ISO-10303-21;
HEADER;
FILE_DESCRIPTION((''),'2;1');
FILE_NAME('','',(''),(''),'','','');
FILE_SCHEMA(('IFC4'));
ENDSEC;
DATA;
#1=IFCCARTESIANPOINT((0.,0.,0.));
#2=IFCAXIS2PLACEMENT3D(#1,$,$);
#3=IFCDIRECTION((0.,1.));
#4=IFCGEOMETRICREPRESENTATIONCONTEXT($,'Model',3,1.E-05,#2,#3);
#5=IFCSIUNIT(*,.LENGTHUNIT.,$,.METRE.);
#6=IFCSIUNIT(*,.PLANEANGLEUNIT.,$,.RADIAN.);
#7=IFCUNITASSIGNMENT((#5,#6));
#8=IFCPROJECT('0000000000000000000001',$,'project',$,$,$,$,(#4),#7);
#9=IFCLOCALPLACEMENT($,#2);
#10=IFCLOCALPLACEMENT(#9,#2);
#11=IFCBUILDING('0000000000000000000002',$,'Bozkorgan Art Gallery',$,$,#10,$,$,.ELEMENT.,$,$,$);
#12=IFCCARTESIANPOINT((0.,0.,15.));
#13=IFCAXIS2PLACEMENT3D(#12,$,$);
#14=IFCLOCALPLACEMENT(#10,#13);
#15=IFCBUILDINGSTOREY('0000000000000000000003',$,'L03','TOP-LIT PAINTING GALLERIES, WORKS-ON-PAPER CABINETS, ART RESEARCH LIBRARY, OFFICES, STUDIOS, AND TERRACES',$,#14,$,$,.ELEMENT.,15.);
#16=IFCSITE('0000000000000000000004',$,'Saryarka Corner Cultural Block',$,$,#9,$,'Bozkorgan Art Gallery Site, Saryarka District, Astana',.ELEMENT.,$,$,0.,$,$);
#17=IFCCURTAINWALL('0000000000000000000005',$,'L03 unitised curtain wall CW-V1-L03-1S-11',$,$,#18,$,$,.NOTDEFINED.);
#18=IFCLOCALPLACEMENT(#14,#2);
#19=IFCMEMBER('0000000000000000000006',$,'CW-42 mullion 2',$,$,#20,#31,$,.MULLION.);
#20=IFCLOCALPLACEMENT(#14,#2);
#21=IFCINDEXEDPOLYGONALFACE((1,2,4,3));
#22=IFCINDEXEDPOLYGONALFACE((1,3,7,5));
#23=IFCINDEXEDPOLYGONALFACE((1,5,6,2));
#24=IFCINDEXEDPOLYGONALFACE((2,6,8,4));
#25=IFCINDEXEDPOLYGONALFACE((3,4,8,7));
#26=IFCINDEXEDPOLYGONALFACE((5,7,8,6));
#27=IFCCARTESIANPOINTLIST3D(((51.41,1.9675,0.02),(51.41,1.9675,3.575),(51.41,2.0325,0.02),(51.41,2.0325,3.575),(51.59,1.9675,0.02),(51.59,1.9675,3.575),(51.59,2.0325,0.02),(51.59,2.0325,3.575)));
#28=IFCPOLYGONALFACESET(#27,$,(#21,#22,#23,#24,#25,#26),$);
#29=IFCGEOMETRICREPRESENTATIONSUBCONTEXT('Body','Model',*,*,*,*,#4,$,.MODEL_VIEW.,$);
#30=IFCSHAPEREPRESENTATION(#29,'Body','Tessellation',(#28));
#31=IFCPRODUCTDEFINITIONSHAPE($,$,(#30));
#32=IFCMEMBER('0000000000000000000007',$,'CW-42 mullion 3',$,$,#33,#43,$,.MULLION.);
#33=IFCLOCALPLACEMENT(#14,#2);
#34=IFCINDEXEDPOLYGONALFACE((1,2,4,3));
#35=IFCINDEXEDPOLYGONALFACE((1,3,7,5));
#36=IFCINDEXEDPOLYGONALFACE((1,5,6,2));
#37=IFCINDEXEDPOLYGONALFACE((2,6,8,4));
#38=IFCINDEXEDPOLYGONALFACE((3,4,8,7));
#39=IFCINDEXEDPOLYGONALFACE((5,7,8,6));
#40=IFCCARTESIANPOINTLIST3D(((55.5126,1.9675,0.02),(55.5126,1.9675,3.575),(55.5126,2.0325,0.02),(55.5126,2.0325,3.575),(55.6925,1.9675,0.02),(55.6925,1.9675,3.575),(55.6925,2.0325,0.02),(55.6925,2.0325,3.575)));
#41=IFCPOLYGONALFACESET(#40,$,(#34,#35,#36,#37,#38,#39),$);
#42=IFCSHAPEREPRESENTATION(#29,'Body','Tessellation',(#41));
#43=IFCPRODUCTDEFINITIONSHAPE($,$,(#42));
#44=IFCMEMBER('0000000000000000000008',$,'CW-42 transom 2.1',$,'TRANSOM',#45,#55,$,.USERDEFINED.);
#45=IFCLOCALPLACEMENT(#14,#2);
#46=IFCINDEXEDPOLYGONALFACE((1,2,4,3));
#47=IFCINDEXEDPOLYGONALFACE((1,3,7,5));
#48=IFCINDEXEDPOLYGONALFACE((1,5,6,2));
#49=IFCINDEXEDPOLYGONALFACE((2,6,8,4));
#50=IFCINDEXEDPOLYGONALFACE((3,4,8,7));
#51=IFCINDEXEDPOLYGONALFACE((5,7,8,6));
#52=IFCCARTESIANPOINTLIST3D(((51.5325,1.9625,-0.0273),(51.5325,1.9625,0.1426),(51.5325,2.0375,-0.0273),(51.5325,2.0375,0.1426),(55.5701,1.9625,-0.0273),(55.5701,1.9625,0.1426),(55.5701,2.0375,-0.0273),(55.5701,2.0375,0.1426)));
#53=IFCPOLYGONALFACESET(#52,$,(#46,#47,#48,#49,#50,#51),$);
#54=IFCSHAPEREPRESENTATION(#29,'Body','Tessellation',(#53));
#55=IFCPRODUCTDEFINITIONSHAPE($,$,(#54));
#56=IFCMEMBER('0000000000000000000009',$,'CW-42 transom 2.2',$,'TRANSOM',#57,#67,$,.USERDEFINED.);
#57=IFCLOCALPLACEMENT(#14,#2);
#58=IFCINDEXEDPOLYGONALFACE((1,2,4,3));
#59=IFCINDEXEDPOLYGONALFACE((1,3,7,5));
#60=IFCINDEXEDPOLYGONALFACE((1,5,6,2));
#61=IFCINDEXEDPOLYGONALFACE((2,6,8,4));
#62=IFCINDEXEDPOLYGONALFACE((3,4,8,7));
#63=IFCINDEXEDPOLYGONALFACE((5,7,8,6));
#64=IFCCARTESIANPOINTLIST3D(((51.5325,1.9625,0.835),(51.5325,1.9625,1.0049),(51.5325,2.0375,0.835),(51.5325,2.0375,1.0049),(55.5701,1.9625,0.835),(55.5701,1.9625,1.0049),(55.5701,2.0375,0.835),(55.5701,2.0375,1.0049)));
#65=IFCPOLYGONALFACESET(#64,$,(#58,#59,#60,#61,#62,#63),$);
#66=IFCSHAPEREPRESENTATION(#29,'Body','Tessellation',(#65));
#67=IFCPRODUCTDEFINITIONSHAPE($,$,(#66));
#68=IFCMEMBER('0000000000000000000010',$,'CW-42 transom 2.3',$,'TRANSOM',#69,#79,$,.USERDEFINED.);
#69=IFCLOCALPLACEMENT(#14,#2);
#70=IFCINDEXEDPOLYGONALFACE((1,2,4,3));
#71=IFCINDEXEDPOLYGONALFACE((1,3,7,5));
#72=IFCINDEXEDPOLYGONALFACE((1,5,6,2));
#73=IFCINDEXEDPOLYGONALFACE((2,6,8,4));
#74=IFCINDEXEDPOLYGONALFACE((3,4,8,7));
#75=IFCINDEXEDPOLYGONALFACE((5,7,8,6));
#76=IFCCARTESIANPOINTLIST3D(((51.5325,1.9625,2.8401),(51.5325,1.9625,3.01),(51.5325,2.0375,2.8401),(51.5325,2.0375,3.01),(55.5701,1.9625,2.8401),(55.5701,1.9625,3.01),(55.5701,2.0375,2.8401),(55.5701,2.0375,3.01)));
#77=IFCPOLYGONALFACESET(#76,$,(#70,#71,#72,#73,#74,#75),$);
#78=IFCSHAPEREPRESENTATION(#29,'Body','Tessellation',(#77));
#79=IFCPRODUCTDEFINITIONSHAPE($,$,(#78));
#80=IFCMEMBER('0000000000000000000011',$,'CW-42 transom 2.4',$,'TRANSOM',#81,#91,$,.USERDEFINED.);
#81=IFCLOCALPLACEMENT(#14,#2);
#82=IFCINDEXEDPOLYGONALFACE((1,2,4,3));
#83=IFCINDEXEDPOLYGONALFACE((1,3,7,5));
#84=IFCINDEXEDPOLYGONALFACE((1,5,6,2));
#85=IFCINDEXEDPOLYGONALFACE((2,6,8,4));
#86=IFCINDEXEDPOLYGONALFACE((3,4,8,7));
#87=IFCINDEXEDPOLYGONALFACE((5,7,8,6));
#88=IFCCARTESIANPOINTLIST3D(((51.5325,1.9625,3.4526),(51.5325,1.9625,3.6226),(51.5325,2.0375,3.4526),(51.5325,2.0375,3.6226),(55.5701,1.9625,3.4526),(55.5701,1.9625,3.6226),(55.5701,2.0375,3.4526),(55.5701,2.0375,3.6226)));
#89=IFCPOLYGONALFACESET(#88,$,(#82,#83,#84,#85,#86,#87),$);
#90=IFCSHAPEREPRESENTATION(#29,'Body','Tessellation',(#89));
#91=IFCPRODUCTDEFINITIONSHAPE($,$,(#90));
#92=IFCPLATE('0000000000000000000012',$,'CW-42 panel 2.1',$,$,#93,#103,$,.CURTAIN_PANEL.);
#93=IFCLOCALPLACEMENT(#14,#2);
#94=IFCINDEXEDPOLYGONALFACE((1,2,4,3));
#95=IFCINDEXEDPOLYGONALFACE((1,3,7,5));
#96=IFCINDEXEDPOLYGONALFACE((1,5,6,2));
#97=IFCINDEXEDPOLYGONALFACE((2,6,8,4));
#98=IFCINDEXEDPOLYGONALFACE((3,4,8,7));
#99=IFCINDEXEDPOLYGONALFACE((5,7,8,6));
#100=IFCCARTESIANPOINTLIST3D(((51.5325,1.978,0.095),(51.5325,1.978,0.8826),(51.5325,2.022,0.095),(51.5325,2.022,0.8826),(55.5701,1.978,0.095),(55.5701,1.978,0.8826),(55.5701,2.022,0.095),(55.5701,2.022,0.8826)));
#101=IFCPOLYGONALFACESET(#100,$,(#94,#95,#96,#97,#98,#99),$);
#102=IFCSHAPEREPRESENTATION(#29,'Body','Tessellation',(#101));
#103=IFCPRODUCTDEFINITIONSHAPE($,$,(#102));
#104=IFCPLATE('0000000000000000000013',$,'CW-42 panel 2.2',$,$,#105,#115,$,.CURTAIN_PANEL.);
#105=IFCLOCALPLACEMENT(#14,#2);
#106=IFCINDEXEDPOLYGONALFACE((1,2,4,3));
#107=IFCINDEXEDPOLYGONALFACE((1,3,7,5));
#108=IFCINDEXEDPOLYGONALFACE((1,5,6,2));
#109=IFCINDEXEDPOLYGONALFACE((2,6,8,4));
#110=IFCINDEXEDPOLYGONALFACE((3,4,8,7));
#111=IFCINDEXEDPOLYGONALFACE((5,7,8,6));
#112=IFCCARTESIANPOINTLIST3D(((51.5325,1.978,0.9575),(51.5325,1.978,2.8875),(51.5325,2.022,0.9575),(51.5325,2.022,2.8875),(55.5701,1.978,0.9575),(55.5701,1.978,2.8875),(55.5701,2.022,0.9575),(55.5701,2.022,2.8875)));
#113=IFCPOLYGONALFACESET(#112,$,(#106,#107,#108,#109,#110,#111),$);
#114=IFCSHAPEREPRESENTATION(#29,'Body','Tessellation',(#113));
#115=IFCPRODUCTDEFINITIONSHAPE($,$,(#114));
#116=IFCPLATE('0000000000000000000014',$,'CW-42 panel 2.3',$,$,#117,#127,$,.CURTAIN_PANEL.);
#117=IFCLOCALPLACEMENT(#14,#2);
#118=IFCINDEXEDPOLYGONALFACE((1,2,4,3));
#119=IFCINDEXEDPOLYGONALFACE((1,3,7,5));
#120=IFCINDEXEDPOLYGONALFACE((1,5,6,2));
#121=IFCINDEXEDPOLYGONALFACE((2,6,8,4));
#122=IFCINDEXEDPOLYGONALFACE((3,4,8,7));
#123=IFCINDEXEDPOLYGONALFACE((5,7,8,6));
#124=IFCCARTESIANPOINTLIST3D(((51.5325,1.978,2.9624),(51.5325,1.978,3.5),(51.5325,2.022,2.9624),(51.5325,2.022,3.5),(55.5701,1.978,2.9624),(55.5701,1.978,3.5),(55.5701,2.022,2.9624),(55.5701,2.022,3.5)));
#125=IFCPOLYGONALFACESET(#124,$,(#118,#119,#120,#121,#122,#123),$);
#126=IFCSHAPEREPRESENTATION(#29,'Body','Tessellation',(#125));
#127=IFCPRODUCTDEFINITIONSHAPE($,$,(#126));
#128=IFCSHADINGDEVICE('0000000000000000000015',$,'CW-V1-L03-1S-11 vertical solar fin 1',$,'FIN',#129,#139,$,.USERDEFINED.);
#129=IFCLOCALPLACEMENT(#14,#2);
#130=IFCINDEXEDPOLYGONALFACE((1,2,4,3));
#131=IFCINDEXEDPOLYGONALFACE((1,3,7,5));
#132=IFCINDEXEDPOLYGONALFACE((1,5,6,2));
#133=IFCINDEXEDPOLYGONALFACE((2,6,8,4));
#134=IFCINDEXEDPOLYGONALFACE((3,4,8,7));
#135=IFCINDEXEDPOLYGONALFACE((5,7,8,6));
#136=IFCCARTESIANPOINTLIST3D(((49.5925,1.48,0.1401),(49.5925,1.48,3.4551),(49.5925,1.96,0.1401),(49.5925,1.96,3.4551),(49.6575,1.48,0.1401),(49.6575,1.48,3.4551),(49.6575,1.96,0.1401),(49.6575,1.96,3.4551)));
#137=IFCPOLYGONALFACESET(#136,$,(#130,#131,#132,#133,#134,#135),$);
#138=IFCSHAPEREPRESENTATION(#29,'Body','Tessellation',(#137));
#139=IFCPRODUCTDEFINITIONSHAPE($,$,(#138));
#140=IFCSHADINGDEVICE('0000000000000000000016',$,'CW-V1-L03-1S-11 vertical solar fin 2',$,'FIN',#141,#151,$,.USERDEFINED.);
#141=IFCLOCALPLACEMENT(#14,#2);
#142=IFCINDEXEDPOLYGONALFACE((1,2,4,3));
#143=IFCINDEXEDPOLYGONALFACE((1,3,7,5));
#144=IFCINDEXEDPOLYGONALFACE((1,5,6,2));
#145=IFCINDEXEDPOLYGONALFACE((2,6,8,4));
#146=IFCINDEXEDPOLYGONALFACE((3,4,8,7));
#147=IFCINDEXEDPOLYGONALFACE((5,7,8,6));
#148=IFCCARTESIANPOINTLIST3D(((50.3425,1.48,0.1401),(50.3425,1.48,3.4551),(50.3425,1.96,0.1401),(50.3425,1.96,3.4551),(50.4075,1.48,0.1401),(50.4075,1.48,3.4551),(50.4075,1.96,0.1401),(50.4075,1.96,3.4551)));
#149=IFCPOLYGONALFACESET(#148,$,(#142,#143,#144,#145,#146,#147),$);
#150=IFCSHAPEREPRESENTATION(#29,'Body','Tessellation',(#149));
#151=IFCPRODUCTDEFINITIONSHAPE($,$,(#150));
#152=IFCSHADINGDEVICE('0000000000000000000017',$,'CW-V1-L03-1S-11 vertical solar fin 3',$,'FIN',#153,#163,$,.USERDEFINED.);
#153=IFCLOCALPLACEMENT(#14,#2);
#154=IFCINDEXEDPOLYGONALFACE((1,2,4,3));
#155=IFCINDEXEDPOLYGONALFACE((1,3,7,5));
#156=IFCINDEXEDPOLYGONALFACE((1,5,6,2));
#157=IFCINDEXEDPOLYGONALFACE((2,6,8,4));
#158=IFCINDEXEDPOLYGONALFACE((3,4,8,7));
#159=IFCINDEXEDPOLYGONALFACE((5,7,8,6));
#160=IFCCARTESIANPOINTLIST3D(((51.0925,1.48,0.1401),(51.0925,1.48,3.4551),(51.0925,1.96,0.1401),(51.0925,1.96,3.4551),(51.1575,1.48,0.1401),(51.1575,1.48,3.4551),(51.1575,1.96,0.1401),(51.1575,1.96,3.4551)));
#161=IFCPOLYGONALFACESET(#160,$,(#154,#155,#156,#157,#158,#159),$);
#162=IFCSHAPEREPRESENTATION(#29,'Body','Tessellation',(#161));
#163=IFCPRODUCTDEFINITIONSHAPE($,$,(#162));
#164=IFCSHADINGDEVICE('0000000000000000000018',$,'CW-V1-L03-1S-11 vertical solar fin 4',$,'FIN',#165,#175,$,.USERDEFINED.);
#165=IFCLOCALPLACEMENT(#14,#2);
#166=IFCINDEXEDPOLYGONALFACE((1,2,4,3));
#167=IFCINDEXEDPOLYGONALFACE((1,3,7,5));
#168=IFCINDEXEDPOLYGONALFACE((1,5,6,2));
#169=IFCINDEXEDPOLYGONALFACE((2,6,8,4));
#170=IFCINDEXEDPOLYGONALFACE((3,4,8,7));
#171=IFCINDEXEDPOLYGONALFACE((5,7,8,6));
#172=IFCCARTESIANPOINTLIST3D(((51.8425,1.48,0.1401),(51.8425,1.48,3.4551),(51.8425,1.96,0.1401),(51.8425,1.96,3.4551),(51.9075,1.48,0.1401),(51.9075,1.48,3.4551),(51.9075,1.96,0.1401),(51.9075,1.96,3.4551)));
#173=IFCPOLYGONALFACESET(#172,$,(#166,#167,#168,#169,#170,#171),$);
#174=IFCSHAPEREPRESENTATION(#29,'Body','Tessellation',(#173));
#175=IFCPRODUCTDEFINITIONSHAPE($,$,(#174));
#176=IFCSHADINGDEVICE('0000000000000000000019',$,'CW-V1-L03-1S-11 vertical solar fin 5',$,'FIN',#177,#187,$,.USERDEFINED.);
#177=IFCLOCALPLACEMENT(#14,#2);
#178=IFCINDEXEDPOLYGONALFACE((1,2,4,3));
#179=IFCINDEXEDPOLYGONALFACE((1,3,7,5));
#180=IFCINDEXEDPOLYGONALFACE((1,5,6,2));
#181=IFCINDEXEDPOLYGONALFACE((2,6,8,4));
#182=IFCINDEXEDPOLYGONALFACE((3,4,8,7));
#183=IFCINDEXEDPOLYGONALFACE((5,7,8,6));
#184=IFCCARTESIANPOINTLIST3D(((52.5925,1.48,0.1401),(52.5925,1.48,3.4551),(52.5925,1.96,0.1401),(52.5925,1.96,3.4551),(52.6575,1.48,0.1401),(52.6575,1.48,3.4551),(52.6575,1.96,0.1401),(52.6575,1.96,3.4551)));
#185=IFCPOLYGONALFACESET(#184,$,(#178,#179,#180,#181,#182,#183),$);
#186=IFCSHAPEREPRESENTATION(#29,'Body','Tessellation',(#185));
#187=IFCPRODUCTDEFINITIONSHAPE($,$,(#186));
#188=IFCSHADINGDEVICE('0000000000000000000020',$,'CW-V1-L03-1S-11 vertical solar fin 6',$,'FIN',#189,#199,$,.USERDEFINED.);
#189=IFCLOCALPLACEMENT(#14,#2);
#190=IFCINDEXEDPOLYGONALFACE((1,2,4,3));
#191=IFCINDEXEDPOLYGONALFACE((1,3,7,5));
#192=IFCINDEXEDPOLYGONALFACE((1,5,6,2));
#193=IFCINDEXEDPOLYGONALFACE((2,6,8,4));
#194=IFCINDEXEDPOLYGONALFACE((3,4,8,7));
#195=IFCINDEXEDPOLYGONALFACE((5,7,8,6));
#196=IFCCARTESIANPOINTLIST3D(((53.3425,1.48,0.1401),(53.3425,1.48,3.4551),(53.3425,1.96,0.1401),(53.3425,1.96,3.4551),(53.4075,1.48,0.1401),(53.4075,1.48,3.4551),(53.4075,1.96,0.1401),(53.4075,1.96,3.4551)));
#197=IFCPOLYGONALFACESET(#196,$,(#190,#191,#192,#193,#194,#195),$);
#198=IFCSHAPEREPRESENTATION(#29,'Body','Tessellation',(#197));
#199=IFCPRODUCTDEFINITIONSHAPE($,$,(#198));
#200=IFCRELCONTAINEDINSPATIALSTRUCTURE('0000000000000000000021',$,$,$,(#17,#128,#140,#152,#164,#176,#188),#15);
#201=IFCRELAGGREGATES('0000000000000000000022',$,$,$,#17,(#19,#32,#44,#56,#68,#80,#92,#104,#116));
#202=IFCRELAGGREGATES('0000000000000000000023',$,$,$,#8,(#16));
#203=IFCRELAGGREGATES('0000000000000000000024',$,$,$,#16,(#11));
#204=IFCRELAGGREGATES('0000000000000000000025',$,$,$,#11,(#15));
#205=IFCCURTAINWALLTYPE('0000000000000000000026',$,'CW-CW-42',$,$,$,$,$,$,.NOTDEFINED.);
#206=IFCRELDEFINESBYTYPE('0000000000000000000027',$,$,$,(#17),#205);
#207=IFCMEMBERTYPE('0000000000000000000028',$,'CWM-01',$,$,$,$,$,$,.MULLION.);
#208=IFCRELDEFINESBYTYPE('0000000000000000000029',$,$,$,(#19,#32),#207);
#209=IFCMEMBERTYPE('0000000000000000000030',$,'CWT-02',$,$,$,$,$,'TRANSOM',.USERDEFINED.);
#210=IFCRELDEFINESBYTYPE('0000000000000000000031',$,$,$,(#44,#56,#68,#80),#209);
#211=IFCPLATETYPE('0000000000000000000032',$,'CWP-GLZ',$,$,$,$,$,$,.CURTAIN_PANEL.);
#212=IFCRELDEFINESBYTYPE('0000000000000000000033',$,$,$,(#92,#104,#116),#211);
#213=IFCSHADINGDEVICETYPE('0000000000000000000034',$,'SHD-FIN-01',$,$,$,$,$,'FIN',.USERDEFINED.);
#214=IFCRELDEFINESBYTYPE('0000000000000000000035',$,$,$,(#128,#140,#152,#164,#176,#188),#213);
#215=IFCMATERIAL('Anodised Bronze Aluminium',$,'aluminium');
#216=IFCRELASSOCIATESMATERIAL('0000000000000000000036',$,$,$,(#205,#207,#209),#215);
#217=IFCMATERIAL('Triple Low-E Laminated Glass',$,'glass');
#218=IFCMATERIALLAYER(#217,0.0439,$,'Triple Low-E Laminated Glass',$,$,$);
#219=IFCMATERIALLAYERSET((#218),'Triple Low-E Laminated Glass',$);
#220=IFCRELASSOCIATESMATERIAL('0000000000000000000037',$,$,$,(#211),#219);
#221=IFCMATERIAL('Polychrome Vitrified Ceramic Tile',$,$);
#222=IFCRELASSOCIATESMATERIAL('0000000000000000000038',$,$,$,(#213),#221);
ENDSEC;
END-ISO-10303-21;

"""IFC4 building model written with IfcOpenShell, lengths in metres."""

from ifc_helpers import new_model, si_unit, direction, frame, origin, origin_2d, place, context, subcontext, project, spatial, rectangle, extrude, material, layer, layer_set, material_profile, profile_set, type_object, element, aggregate, save


model = new_model("IFC4")

# Units and contexts
model_context = context("Model", 3, precision=1e-05, world=origin(), true_north=direction((0.0, 1.0)))
body_context = subcontext(model_context, "Body", "Model", "MODEL_VIEW")
ifc_project = project(units=[si_unit("LENGTHUNIT", "METRE"), si_unit("PLANEANGLEUNIT", "RADIAN")], contexts=[model_context])

# Site, building, storey
site_placement = place(None, origin())
site = spatial("IfcSite", under=ifc_project, at=site_placement, Name="Saryarka Corner Cultural Block", LongName="Bozkorgan Art Gallery Site, Saryarka District, Astana", CompositionType="ELEMENT", RefElevation=0.0)
building_placement = place(site_placement, origin())
building = spatial("IfcBuilding", under=site, at=building_placement, Name="Bozkorgan Art Gallery", CompositionType="ELEMENT")
storey_placement = place(building_placement, frame((0.0, 0.0, 15.0)))
storey = spatial("IfcBuildingStorey", under=building, at=storey_placement, Name="L03", Description="TOP-LIT PAINTING GALLERIES, WORKS-ON-PAPER CABINETS, ART RESEARCH LIBRARY, OFFICES, STUDIOS, AND TERRACES", CompositionType="ELEMENT", Elevation=15.0)

# Curtain wall, members, plates
ifc_material_1 = material(Name="Anodised Bronze Aluminium", Category="aluminium")
curtain_wall_type = type_object("IfcCurtainWallType", Name="CW-CW-42", PredefinedType="NOTDEFINED", material=ifc_material_1)
curtain_wall_placement = place(storey_placement, origin())
curtain_wall = element("IfcCurtainWall", 1, at=curtain_wall_placement, inside=storey, type_object=curtain_wall_type, Name="L03 unitised curtain wall CW-V1-L03-1S-11", PredefinedType="NOTDEFINED")
ifc_material_profile_1 = material_profile(ifc_material_1, rectangle(XDim=0.0649, YDim=0.1799, at=origin_2d()), Name="ALU MULLION 65x180")
ifc_profile_set_1 = profile_set([ifc_material_profile_1], Name="Anodised Bronze Aluminium")
member_type_1 = type_object("IfcMemberType", Name="CWM-01", PredefinedType="MULLION", material=ifc_profile_set_1)
member_1_placement = place(storey_placement, frame((51.5, 2.0, 0.02), z_axis=(0.0, 0.0, 1.0), x_axis=(0.0, 1.0, 0.0)))
member_1 = element("IfcMember", 2, at=member_1_placement, type_object=member_type_1, Name="CW-42 mullion 2", PredefinedType="MULLION", context=body_context, shape_type="SweptSolid", body=[
    extrude(rectangle(XDim=0.0649, YDim=0.1799, at=origin_2d()), origin(), (0.0, 0.0, 1.0), 3.5549),
])
member_2_placement = place(storey_placement, frame((55.6025, 2.0, 0.02), z_axis=(0.0, 0.0, 1.0), x_axis=(0.0, 1.0, 0.0)))
member_2 = element("IfcMember", 3, at=member_2_placement, type_object=member_type_1, Name="CW-42 mullion 3", PredefinedType="MULLION", context=body_context, shape_type="SweptSolid", body=[
    extrude(rectangle(XDim=0.0649, YDim=0.1799, at=origin_2d()), origin(), (0.0, 0.0, 1.0), 3.5549),
])
ifc_material_profile_2 = material_profile(ifc_material_1, rectangle(XDim=0.075, YDim=0.1699, at=origin_2d()), Name="ALU TRANSOM 75x170")
ifc_profile_set_2 = profile_set([ifc_material_profile_2], Name="Anodised Bronze Aluminium")
member_type_2 = type_object("IfcMemberType", Name="CWT-02", ElementType="TRANSOM", PredefinedType="USERDEFINED", material=ifc_profile_set_2)
member_3_placement = place(storey_placement, frame((51.5325, 2.0, 0.0576), z_axis=(1.0, 0.0, 0.0), x_axis=(0.0, 1.0, 0.0)))
member_3 = element("IfcMember", 4, at=member_3_placement, type_object=member_type_2, Name="CW-42 transom 2.1", ObjectType="TRANSOM", PredefinedType="USERDEFINED", context=body_context, shape_type="SweptSolid", body=[
    extrude(rectangle(XDim=0.075, YDim=0.1699, at=origin_2d()), origin(), (0.0, 0.0, 1.0), 4.0376),
])
member_4_placement = place(storey_placement, frame((51.5325, 2.0, 0.9199), z_axis=(1.0, 0.0, 0.0), x_axis=(0.0, 1.0, 0.0)))
member_4 = element("IfcMember", 5, at=member_4_placement, type_object=member_type_2, Name="CW-42 transom 2.2", ObjectType="TRANSOM", PredefinedType="USERDEFINED", context=body_context, shape_type="SweptSolid", body=[
    extrude(rectangle(XDim=0.075, YDim=0.1699, at=origin_2d()), origin(), (0.0, 0.0, 1.0), 4.0376),
])
member_5_placement = place(storey_placement, frame((51.5325, 2.0, 2.925), z_axis=(1.0, 0.0, 0.0), x_axis=(0.0, 1.0, 0.0)))
member_5 = element("IfcMember", 6, at=member_5_placement, type_object=member_type_2, Name="CW-42 transom 2.3", ObjectType="TRANSOM", PredefinedType="USERDEFINED", context=body_context, shape_type="SweptSolid", body=[
    extrude(rectangle(XDim=0.075, YDim=0.1699, at=origin_2d()), origin(), (0.0, 0.0, 1.0), 4.0376),
])
member_6_placement = place(storey_placement, frame((51.5325, 2.0, 3.5376), z_axis=(1.0, 0.0, 0.0), x_axis=(0.0, 1.0, 0.0)))
member_6 = element("IfcMember", 7, at=member_6_placement, type_object=member_type_2, Name="CW-42 transom 2.4", ObjectType="TRANSOM", PredefinedType="USERDEFINED", context=body_context, shape_type="SweptSolid", body=[
    extrude(rectangle(XDim=0.075, YDim=0.1699, at=origin_2d()), origin(), (0.0, 0.0, 1.0), 4.0376),
])
ifc_material_2 = material(Name="Triple Low-E Laminated Glass", Category="glass")
ifc_layer = layer(ifc_material_2, 0.0439, Name="Triple Low-E Laminated Glass")
ifc_layer_set = layer_set([ifc_layer], Name="Triple Low-E Laminated Glass")
plate_type = type_object("IfcPlateType", Name="CWP-GLZ", PredefinedType="CURTAIN_PANEL", material=ifc_layer_set)
plate_1_placement = place(storey_placement, frame((53.5513, 2.0, 0.095), z_axis=(0.0, 0.0, 1.0), x_axis=(1.0, 0.0, 0.0)))
plate_1 = element("IfcPlate", 8, at=plate_1_placement, type_object=plate_type, Name="CW-42 panel 2.1", PredefinedType="CURTAIN_PANEL", context=body_context, shape_type="SweptSolid", body=[
    extrude(rectangle(XDim=4.0376, YDim=0.0439, at=origin_2d()), origin(), (0.0, 0.0, 1.0), 0.7876),
])
plate_2_placement = place(storey_placement, frame((53.5513, 2.0, 0.9575), z_axis=(0.0, 0.0, 1.0), x_axis=(1.0, 0.0, 0.0)))
plate_2 = element("IfcPlate", 9, at=plate_2_placement, type_object=plate_type, Name="CW-42 panel 2.2", PredefinedType="CURTAIN_PANEL", context=body_context, shape_type="SweptSolid", body=[
    extrude(rectangle(XDim=4.0376, YDim=0.0439, at=origin_2d()), origin(), (0.0, 0.0, 1.0), 1.9299),
])
plate_3_placement = place(storey_placement, frame((53.5513, 2.0, 2.9624), z_axis=(0.0, 0.0, 1.0), x_axis=(1.0, 0.0, 0.0)))
plate_3 = element("IfcPlate", 10, at=plate_3_placement, type_object=plate_type, Name="CW-42 panel 2.3", PredefinedType="CURTAIN_PANEL", context=body_context, shape_type="SweptSolid", body=[
    extrude(rectangle(XDim=4.0376, YDim=0.0439, at=origin_2d()), origin(), (0.0, 0.0, 1.0), 0.5376),
])
aggregate(curtain_wall, [member_1, member_2, member_3, member_4, member_5, member_6, plate_1, plate_2, plate_3])

# Shading devices
ifc_material_3 = material(Name="Polychrome Vitrified Ceramic Tile")
shading_device_type = type_object("IfcShadingDeviceType", Name="SHD-FIN-01", ElementType="FIN", PredefinedType="USERDEFINED", material=ifc_material_3)
for number, where, z_axis, x_axis, name in (
    (11, (49.625, 1.72, 0.1401), (0.0, 0.0, 1.0), (0.0, -1.0, 0.0), "CW-V1-L03-1S-11 vertical solar fin 1"),
    (12, (50.375, 1.72, 0.1401), (0.0, 0.0, 1.0), (0.0, -1.0, 0.0), "CW-V1-L03-1S-11 vertical solar fin 2"),
    (13, (51.125, 1.72, 0.1401), (0.0, 0.0, 1.0), (0.0, -1.0, 0.0), "CW-V1-L03-1S-11 vertical solar fin 3"),
    (14, (51.875, 1.72, 0.1401), (0.0, 0.0, 1.0), (0.0, -1.0, 0.0), "CW-V1-L03-1S-11 vertical solar fin 4"),
    (15, (52.625, 1.72, 0.1401), (0.0, 0.0, 1.0), (0.0, -1.0, 0.0), "CW-V1-L03-1S-11 vertical solar fin 5"),
    (16, (53.375, 1.72, 0.1401), (0.0, 0.0, 1.0), (0.0, -1.0, 0.0), "CW-V1-L03-1S-11 vertical solar fin 6"),
):
    element("IfcShadingDevice", number, at=place(storey_placement, frame(where, z_axis=z_axis, x_axis=x_axis)), inside=storey, type_object=shading_device_type, Name=name, ObjectType="FIN", PredefinedType="USERDEFINED", context=body_context, shape_type="SweptSolid", body=[
        extrude(rectangle(XDim=0.48, YDim=0.0649, at=origin_2d()), origin(), (0.0, 0.0, 1.0), 3.3149),
    ])

save(model, "model.ifc")
